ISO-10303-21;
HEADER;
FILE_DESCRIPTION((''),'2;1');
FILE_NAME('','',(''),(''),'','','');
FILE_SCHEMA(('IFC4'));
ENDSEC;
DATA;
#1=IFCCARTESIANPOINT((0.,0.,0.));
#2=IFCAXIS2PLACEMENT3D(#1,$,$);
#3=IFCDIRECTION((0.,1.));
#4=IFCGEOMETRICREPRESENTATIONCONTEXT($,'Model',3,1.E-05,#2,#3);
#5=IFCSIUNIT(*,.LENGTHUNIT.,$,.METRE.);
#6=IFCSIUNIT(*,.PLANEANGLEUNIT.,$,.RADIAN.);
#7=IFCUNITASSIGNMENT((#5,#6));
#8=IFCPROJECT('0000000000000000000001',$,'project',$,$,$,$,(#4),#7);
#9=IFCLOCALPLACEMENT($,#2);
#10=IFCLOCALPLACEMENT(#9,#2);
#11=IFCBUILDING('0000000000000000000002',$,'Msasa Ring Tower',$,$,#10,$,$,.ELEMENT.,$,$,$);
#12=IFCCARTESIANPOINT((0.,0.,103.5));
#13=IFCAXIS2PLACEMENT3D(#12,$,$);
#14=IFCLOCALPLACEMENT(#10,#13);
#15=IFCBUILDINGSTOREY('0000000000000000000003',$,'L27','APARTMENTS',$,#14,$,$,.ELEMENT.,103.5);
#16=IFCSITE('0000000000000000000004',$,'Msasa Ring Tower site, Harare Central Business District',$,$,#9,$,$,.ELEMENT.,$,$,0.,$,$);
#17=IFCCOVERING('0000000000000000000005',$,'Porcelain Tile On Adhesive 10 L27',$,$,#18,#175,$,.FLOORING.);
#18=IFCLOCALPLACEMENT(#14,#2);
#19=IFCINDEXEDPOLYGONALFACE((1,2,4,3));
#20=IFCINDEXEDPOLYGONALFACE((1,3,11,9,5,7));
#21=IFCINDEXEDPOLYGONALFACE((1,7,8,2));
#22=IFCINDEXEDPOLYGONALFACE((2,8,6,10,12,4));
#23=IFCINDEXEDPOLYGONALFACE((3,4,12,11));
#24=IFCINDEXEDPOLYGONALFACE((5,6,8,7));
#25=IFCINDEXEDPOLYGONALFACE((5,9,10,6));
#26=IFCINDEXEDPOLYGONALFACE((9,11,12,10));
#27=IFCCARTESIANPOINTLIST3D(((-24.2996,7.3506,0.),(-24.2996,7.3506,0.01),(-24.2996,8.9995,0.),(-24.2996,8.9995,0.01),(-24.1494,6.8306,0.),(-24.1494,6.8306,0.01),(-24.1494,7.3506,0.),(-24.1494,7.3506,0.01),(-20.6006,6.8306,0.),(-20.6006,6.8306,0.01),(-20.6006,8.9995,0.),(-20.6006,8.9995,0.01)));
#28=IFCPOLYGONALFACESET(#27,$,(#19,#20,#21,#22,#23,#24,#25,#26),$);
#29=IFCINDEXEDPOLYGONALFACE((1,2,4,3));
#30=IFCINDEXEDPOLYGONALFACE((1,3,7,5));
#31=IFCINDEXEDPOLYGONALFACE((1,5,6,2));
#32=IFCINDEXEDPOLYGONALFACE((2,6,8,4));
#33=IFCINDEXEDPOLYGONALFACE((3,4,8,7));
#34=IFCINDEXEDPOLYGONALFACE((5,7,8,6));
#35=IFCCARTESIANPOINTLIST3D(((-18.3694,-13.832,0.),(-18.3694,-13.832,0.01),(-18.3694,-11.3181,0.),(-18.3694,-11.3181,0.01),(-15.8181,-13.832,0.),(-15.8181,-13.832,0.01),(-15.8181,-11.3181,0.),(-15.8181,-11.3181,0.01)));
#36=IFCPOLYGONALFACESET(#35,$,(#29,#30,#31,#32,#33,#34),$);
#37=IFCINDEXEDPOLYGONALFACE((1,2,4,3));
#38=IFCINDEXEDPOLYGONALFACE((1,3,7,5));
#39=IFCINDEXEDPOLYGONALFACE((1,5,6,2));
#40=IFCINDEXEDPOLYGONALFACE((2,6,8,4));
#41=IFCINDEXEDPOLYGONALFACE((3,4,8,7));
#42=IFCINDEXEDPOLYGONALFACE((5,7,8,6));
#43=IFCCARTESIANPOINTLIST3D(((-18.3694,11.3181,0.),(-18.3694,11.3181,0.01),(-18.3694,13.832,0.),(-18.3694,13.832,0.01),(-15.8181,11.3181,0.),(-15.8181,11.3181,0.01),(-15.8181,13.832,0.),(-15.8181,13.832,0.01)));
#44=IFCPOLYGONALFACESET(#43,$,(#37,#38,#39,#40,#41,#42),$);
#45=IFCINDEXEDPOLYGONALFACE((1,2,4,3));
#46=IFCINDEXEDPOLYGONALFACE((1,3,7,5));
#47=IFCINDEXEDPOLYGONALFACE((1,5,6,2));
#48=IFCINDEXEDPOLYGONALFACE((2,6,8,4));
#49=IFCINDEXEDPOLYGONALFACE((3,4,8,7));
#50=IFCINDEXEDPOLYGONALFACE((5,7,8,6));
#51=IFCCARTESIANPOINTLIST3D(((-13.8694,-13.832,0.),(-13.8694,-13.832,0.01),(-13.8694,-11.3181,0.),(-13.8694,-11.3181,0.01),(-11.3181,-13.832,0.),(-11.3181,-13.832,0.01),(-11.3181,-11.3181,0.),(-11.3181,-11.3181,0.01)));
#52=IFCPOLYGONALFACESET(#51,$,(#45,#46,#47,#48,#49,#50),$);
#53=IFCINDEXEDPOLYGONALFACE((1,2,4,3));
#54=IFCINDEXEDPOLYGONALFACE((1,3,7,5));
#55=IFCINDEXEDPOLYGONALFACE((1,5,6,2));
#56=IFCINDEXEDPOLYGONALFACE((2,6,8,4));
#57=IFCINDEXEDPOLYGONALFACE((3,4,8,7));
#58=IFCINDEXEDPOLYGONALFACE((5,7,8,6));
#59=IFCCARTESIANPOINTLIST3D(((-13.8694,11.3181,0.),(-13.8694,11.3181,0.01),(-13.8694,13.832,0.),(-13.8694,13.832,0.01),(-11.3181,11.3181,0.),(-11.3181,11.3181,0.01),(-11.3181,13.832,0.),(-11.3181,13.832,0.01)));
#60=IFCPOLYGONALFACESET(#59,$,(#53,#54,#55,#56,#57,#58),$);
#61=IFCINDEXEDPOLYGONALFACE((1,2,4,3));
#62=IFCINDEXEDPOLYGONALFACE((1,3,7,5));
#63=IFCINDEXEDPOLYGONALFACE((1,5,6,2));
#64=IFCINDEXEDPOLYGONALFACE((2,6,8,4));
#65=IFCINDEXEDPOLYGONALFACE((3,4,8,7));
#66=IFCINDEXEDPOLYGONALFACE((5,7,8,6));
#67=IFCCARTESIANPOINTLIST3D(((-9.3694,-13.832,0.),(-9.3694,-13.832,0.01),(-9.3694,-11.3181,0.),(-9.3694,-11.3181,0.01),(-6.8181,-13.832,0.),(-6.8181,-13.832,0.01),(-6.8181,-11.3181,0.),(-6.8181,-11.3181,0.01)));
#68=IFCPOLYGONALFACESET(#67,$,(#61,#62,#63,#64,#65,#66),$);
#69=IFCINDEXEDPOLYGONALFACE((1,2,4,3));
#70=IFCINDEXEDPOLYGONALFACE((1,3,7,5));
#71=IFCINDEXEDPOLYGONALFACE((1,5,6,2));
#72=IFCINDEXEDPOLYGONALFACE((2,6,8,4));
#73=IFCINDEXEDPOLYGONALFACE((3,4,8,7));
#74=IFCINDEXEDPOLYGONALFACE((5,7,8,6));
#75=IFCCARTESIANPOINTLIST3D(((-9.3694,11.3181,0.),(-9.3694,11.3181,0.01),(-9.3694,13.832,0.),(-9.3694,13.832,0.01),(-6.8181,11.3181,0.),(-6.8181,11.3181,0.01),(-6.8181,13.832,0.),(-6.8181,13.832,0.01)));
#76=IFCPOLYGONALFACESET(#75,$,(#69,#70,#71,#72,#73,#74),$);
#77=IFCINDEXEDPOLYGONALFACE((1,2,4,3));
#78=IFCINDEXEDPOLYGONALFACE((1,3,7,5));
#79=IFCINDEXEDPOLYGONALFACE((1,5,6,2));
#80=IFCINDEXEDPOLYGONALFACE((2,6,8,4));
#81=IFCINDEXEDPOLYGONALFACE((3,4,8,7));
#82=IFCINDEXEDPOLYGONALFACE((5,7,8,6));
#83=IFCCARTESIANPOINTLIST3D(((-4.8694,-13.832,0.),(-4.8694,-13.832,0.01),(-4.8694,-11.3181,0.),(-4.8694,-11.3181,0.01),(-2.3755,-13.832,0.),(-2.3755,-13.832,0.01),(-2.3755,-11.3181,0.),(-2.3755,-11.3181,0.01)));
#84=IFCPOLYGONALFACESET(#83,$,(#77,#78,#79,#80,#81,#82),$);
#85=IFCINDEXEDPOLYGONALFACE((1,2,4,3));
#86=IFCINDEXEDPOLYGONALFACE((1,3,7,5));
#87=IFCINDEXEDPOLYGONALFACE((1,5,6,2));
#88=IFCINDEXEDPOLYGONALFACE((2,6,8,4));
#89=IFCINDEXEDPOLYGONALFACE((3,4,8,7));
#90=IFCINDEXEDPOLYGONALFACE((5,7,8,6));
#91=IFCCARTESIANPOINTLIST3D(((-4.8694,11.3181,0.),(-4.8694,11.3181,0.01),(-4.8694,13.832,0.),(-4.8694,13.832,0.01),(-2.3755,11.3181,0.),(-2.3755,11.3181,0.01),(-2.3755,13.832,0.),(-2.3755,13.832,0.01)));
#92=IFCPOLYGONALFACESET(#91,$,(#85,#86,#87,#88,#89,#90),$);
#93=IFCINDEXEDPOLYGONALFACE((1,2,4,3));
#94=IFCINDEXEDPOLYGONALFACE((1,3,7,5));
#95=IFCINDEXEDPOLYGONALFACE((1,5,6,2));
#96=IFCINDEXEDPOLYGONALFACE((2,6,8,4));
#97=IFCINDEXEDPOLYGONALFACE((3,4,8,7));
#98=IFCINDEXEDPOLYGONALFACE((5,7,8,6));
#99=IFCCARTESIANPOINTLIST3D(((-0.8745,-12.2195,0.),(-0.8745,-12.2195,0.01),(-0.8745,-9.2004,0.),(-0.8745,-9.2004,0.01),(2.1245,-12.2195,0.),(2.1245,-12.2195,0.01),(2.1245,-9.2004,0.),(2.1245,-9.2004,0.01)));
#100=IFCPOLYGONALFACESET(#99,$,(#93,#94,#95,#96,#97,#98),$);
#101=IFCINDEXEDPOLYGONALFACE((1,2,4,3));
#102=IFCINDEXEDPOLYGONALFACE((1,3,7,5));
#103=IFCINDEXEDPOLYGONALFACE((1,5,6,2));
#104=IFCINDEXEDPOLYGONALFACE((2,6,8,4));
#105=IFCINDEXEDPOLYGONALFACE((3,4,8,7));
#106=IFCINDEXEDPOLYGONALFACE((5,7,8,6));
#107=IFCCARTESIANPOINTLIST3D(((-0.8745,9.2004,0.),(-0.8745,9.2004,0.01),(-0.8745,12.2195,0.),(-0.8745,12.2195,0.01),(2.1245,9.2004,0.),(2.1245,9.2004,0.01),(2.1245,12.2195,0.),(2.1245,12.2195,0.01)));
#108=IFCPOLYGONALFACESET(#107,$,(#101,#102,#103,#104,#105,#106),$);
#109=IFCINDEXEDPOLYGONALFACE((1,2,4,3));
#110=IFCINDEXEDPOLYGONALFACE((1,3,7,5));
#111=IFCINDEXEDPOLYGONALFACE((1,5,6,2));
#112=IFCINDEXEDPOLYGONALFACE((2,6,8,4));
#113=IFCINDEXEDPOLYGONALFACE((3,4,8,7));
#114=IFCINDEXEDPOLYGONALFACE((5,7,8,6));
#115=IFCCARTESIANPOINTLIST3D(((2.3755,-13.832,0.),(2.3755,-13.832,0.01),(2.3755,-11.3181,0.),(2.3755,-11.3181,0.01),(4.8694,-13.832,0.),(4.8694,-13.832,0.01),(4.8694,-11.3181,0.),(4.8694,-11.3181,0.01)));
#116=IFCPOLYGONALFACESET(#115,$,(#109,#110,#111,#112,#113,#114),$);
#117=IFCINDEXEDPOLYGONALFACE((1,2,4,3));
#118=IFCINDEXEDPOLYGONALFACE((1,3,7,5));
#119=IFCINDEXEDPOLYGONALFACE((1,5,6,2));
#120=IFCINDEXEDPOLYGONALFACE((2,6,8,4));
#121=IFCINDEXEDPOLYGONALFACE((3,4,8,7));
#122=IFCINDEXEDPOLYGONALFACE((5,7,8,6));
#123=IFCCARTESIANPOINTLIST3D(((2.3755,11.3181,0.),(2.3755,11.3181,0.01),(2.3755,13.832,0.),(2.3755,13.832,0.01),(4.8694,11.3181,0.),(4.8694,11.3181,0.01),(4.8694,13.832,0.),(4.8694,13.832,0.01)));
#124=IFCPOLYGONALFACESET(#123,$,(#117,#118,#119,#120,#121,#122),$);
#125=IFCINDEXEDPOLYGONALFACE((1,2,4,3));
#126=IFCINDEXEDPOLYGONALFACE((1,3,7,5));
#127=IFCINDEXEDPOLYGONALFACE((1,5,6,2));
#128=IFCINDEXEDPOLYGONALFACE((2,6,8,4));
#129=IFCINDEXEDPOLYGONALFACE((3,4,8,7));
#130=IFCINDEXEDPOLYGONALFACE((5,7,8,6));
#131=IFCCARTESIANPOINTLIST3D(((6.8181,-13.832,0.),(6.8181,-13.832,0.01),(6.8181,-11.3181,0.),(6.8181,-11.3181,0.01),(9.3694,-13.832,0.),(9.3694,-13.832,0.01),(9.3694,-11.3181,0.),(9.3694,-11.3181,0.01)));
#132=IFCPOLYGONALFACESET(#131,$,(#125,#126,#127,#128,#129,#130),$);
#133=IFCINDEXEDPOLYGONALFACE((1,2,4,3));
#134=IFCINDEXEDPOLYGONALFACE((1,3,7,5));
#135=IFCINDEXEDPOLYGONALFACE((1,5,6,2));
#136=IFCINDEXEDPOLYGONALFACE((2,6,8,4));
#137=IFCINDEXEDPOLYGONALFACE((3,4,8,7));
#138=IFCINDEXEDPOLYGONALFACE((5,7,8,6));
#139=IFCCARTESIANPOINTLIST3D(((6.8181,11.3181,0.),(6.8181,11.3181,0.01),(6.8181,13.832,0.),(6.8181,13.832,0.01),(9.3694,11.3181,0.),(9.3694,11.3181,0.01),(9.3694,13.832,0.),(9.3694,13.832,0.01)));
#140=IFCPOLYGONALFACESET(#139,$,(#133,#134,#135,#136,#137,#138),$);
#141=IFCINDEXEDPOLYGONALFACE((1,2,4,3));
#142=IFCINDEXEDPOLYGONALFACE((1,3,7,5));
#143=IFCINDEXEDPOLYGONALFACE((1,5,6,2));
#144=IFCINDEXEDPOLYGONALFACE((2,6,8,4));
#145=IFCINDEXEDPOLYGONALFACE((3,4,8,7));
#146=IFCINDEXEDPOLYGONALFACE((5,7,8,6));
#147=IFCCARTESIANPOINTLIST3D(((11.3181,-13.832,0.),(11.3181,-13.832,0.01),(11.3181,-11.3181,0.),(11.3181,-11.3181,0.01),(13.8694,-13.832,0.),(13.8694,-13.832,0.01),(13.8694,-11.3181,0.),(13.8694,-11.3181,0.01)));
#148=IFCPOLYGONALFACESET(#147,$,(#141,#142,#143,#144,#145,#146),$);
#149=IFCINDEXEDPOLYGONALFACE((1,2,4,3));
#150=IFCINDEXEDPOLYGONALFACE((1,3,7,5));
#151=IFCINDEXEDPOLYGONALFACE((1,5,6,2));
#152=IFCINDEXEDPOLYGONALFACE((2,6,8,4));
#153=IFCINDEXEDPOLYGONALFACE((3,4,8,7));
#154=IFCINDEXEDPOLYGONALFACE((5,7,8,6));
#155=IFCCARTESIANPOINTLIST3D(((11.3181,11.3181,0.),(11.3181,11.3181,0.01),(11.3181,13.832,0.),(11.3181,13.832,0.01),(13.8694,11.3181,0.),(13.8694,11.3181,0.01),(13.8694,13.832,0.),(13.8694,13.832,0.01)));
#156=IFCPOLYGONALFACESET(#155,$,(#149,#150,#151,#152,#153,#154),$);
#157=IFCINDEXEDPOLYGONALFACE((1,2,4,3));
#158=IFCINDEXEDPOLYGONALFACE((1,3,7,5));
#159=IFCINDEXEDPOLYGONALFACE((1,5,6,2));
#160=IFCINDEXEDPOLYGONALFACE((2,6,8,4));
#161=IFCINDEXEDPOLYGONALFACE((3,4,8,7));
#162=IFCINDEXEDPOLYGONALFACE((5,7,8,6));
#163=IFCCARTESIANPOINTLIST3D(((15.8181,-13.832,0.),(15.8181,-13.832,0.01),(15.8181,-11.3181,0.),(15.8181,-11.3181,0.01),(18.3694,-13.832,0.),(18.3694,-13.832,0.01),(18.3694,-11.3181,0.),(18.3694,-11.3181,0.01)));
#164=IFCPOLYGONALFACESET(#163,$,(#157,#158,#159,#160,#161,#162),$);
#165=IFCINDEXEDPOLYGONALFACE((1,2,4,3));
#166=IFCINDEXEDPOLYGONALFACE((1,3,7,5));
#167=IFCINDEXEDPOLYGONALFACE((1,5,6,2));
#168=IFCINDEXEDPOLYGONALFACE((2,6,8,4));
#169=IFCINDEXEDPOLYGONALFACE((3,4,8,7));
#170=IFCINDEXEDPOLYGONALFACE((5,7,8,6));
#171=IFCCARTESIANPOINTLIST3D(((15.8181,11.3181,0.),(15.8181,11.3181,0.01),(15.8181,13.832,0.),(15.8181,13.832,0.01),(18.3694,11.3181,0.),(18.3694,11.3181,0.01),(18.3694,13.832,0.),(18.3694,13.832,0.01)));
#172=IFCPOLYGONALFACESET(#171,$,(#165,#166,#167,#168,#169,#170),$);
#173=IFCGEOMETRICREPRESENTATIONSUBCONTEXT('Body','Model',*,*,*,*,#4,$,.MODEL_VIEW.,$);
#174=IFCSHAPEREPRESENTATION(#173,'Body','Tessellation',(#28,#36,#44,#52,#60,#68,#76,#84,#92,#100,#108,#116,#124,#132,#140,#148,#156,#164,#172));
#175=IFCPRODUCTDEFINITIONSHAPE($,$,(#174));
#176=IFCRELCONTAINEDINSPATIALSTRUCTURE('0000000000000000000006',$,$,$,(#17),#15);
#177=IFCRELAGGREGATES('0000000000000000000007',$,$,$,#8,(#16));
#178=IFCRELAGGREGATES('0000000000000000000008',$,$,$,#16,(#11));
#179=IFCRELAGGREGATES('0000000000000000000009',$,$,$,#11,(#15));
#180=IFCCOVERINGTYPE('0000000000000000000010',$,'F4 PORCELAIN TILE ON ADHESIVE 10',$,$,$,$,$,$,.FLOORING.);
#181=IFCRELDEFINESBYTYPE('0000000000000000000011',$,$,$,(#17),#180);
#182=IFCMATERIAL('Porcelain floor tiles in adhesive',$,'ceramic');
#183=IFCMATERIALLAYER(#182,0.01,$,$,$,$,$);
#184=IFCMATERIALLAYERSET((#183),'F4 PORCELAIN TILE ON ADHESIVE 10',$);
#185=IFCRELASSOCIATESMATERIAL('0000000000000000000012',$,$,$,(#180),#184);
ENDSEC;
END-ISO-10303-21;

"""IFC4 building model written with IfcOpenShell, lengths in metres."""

from ifc_helpers import new_model, si_unit, direction, frame, origin, place, context, subcontext, project, spatial, line, indexed_curve, outline, extrude, material, layer, layer_set, type_object, element, save


model = new_model("IFC4")

# Units and contexts
model_context = context("Model", 3, precision=1e-05, world=origin(), true_north=direction((0.0, 1.0)))
body_context = subcontext(model_context, "Body", "Model", "MODEL_VIEW")
ifc_project = project(units=[si_unit("LENGTHUNIT", "METRE"), si_unit("PLANEANGLEUNIT", "RADIAN")], contexts=[model_context])

# Site, building, storey
site_placement = place(None, origin())
site = spatial("IfcSite", under=ifc_project, at=site_placement, Name="Msasa Ring Tower site, Harare Central Business District", CompositionType="ELEMENT", RefElevation=0.0)
building_placement = place(site_placement, origin())
building = spatial("IfcBuilding", under=site, at=building_placement, Name="Msasa Ring Tower", CompositionType="ELEMENT")
storey_placement = place(building_placement, frame((0.0, 0.0, 103.5)))
storey = spatial("IfcBuildingStorey", under=building, at=storey_placement, Name="L27", Description="APARTMENTS", CompositionType="ELEMENT", Elevation=103.5)

# Covering
ifc_material_1 = material(Name="Porcelain floor tiles in adhesive", Category="ceramic")
ifc_layer_1 = layer(ifc_material_1, 0.01)
ifc_layer_set_1 = layer_set([ifc_layer_1], Name="F4 PORCELAIN TILE ON ADHESIVE 10")
covering_type_1 = type_object("IfcCoveringType", Name="F4 PORCELAIN TILE ON ADHESIVE 10", PredefinedType="FLOORING", material=ifc_layer_set_1)
covering_1_placement = place(storey_placement, origin())
element("IfcCovering", 1, at=covering_1_placement, inside=storey, type_object=covering_type_1, Name="Porcelain Tile On Adhesive 10 L27", PredefinedType="FLOORING", context=body_context, shape_type="SweptSolid", body=[
    extrude(outline(indexed_curve([(-24.1494, 6.8306), (-24.1494, 7.3506), (-24.2996, 7.3506), (-24.2996, 8.9995), (-20.6006, 8.9995), (-20.6006, 6.8306)], segments=[line(1, 2, 3, 4, 5, 6, 1)], self_intersect=False)), origin(), (0.0, 0.0, 1.0), 0.01),
    extrude(outline(indexed_curve([(-15.8181, -11.3181), (-15.8181, -13.832), (-18.3694, -13.832), (-18.3694, -11.3181)], segments=[line(1, 2, 3, 4, 1)], self_intersect=False)), origin(), (0.0, 0.0, 1.0), 0.01),
    extrude(outline(indexed_curve([(-15.8181, 13.832), (-15.8181, 11.3181), (-18.3694, 11.3181), (-18.3694, 13.832)], segments=[line(1, 2, 3, 4, 1)], self_intersect=False)), origin(), (0.0, 0.0, 1.0), 0.01),
    extrude(outline(indexed_curve([(-11.3181, -11.3181), (-11.3181, -13.832), (-13.8694, -13.832), (-13.8694, -11.3181)], segments=[line(1, 2, 3, 4, 1)], self_intersect=False)), origin(), (0.0, 0.0, 1.0), 0.01),
    extrude(outline(indexed_curve([(-11.3181, 11.3181), (-13.8694, 11.3181), (-13.8694, 13.832), (-11.3181, 13.832)], segments=[line(1, 2, 3, 4, 1)], self_intersect=False)), origin(), (0.0, 0.0, 1.0), 0.01),
    extrude(outline(indexed_curve([(-6.8181, -11.3181), (-6.8181, -13.832), (-9.3694, -13.832), (-9.3694, -11.3181)], segments=[line(1, 2, 3, 4, 1)], self_intersect=False)), origin(), (0.0, 0.0, 1.0), 0.01),
    extrude(outline(indexed_curve([(-6.8181, 11.3181), (-9.3694, 11.3181), (-9.3694, 13.832), (-6.8181, 13.832)], segments=[line(1, 2, 3, 4, 1)], self_intersect=False)), origin(), (0.0, 0.0, 1.0), 0.01),
    extrude(outline(indexed_curve([(-2.3755, -11.3181), (-2.3755, -13.832), (-4.8694, -13.832), (-4.8694, -11.3181)], segments=[line(1, 2, 3, 4, 1)], self_intersect=False)), origin(), (0.0, 0.0, 1.0), 0.01),
    extrude(outline(indexed_curve([(-2.3755, 13.832), (-2.3755, 11.3181), (-4.8694, 11.3181), (-4.8694, 13.832)], segments=[line(1, 2, 3, 4, 1)], self_intersect=False)), origin(), (0.0, 0.0, 1.0), 0.01),
    extrude(outline(indexed_curve([(2.1245, -9.2004), (2.1245, -12.2195), (-0.8745, -12.2195), (-0.8745, -9.2004)], segments=[line(1, 2, 3, 4, 1)], self_intersect=False)), origin(), (0.0, 0.0, 1.0), 0.01),
    extrude(outline(indexed_curve([(2.1245, 12.2195), (2.1245, 9.2004), (-0.8745, 9.2004), (-0.8745, 12.2195)], segments=[line(1, 2, 3, 4, 1)], self_intersect=False)), origin(), (0.0, 0.0, 1.0), 0.01),
    extrude(outline(indexed_curve([(4.8694, -11.3181), (4.8694, -13.832), (2.3755, -13.832), (2.3755, -11.3181)], segments=[line(1, 2, 3, 4, 1)], self_intersect=False)), origin(), (0.0, 0.0, 1.0), 0.01),
    extrude(outline(indexed_curve([(4.8694, 13.832), (4.8694, 11.3181), (2.3755, 11.3181), (2.3755, 13.832)], segments=[line(1, 2, 3, 4, 1)], self_intersect=False)), origin(), (0.0, 0.0, 1.0), 0.01),
    extrude(outline(indexed_curve([(9.3694, -11.3181), (9.3694, -13.832), (6.8181, -13.832), (6.8181, -11.3181)], segments=[line(1, 2, 3, 4, 1)], self_intersect=False)), origin(), (0.0, 0.0, 1.0), 0.01),
    extrude(outline(indexed_curve([(9.3694, 13.832), (9.3694, 11.3181), (6.8181, 11.3181), (6.8181, 13.832)], segments=[line(1, 2, 3, 4, 1)], self_intersect=False)), origin(), (0.0, 0.0, 1.0), 0.01),
    extrude(outline(indexed_curve([(13.8694, -13.832), (11.3181, -13.832), (11.3181, -11.3181), (13.8694, -11.3181)], segments=[line(1, 2, 3, 4, 1)], self_intersect=False)), origin(), (0.0, 0.0, 1.0), 0.01),
    extrude(outline(indexed_curve([(13.8694, 11.3181), (11.3181, 11.3181), (11.3181, 13.832), (13.8694, 13.832)], segments=[line(1, 2, 3, 4, 1)], self_intersect=False)), origin(), (0.0, 0.0, 1.0), 0.01),
    extrude(outline(indexed_curve([(18.3694, -13.832), (15.8181, -13.832), (15.8181, -11.3181), (18.3694, -11.3181)], segments=[line(1, 2, 3, 4, 1)], self_intersect=False)), origin(), (0.0, 0.0, 1.0), 0.01),
    extrude(outline(indexed_curve([(18.3694, 11.3181), (15.8181, 11.3181), (15.8181, 13.832), (18.3694, 13.832)], segments=[line(1, 2, 3, 4, 1)], self_intersect=False)), origin(), (0.0, 0.0, 1.0), 0.01),
])

save(model, "model.ifc")
